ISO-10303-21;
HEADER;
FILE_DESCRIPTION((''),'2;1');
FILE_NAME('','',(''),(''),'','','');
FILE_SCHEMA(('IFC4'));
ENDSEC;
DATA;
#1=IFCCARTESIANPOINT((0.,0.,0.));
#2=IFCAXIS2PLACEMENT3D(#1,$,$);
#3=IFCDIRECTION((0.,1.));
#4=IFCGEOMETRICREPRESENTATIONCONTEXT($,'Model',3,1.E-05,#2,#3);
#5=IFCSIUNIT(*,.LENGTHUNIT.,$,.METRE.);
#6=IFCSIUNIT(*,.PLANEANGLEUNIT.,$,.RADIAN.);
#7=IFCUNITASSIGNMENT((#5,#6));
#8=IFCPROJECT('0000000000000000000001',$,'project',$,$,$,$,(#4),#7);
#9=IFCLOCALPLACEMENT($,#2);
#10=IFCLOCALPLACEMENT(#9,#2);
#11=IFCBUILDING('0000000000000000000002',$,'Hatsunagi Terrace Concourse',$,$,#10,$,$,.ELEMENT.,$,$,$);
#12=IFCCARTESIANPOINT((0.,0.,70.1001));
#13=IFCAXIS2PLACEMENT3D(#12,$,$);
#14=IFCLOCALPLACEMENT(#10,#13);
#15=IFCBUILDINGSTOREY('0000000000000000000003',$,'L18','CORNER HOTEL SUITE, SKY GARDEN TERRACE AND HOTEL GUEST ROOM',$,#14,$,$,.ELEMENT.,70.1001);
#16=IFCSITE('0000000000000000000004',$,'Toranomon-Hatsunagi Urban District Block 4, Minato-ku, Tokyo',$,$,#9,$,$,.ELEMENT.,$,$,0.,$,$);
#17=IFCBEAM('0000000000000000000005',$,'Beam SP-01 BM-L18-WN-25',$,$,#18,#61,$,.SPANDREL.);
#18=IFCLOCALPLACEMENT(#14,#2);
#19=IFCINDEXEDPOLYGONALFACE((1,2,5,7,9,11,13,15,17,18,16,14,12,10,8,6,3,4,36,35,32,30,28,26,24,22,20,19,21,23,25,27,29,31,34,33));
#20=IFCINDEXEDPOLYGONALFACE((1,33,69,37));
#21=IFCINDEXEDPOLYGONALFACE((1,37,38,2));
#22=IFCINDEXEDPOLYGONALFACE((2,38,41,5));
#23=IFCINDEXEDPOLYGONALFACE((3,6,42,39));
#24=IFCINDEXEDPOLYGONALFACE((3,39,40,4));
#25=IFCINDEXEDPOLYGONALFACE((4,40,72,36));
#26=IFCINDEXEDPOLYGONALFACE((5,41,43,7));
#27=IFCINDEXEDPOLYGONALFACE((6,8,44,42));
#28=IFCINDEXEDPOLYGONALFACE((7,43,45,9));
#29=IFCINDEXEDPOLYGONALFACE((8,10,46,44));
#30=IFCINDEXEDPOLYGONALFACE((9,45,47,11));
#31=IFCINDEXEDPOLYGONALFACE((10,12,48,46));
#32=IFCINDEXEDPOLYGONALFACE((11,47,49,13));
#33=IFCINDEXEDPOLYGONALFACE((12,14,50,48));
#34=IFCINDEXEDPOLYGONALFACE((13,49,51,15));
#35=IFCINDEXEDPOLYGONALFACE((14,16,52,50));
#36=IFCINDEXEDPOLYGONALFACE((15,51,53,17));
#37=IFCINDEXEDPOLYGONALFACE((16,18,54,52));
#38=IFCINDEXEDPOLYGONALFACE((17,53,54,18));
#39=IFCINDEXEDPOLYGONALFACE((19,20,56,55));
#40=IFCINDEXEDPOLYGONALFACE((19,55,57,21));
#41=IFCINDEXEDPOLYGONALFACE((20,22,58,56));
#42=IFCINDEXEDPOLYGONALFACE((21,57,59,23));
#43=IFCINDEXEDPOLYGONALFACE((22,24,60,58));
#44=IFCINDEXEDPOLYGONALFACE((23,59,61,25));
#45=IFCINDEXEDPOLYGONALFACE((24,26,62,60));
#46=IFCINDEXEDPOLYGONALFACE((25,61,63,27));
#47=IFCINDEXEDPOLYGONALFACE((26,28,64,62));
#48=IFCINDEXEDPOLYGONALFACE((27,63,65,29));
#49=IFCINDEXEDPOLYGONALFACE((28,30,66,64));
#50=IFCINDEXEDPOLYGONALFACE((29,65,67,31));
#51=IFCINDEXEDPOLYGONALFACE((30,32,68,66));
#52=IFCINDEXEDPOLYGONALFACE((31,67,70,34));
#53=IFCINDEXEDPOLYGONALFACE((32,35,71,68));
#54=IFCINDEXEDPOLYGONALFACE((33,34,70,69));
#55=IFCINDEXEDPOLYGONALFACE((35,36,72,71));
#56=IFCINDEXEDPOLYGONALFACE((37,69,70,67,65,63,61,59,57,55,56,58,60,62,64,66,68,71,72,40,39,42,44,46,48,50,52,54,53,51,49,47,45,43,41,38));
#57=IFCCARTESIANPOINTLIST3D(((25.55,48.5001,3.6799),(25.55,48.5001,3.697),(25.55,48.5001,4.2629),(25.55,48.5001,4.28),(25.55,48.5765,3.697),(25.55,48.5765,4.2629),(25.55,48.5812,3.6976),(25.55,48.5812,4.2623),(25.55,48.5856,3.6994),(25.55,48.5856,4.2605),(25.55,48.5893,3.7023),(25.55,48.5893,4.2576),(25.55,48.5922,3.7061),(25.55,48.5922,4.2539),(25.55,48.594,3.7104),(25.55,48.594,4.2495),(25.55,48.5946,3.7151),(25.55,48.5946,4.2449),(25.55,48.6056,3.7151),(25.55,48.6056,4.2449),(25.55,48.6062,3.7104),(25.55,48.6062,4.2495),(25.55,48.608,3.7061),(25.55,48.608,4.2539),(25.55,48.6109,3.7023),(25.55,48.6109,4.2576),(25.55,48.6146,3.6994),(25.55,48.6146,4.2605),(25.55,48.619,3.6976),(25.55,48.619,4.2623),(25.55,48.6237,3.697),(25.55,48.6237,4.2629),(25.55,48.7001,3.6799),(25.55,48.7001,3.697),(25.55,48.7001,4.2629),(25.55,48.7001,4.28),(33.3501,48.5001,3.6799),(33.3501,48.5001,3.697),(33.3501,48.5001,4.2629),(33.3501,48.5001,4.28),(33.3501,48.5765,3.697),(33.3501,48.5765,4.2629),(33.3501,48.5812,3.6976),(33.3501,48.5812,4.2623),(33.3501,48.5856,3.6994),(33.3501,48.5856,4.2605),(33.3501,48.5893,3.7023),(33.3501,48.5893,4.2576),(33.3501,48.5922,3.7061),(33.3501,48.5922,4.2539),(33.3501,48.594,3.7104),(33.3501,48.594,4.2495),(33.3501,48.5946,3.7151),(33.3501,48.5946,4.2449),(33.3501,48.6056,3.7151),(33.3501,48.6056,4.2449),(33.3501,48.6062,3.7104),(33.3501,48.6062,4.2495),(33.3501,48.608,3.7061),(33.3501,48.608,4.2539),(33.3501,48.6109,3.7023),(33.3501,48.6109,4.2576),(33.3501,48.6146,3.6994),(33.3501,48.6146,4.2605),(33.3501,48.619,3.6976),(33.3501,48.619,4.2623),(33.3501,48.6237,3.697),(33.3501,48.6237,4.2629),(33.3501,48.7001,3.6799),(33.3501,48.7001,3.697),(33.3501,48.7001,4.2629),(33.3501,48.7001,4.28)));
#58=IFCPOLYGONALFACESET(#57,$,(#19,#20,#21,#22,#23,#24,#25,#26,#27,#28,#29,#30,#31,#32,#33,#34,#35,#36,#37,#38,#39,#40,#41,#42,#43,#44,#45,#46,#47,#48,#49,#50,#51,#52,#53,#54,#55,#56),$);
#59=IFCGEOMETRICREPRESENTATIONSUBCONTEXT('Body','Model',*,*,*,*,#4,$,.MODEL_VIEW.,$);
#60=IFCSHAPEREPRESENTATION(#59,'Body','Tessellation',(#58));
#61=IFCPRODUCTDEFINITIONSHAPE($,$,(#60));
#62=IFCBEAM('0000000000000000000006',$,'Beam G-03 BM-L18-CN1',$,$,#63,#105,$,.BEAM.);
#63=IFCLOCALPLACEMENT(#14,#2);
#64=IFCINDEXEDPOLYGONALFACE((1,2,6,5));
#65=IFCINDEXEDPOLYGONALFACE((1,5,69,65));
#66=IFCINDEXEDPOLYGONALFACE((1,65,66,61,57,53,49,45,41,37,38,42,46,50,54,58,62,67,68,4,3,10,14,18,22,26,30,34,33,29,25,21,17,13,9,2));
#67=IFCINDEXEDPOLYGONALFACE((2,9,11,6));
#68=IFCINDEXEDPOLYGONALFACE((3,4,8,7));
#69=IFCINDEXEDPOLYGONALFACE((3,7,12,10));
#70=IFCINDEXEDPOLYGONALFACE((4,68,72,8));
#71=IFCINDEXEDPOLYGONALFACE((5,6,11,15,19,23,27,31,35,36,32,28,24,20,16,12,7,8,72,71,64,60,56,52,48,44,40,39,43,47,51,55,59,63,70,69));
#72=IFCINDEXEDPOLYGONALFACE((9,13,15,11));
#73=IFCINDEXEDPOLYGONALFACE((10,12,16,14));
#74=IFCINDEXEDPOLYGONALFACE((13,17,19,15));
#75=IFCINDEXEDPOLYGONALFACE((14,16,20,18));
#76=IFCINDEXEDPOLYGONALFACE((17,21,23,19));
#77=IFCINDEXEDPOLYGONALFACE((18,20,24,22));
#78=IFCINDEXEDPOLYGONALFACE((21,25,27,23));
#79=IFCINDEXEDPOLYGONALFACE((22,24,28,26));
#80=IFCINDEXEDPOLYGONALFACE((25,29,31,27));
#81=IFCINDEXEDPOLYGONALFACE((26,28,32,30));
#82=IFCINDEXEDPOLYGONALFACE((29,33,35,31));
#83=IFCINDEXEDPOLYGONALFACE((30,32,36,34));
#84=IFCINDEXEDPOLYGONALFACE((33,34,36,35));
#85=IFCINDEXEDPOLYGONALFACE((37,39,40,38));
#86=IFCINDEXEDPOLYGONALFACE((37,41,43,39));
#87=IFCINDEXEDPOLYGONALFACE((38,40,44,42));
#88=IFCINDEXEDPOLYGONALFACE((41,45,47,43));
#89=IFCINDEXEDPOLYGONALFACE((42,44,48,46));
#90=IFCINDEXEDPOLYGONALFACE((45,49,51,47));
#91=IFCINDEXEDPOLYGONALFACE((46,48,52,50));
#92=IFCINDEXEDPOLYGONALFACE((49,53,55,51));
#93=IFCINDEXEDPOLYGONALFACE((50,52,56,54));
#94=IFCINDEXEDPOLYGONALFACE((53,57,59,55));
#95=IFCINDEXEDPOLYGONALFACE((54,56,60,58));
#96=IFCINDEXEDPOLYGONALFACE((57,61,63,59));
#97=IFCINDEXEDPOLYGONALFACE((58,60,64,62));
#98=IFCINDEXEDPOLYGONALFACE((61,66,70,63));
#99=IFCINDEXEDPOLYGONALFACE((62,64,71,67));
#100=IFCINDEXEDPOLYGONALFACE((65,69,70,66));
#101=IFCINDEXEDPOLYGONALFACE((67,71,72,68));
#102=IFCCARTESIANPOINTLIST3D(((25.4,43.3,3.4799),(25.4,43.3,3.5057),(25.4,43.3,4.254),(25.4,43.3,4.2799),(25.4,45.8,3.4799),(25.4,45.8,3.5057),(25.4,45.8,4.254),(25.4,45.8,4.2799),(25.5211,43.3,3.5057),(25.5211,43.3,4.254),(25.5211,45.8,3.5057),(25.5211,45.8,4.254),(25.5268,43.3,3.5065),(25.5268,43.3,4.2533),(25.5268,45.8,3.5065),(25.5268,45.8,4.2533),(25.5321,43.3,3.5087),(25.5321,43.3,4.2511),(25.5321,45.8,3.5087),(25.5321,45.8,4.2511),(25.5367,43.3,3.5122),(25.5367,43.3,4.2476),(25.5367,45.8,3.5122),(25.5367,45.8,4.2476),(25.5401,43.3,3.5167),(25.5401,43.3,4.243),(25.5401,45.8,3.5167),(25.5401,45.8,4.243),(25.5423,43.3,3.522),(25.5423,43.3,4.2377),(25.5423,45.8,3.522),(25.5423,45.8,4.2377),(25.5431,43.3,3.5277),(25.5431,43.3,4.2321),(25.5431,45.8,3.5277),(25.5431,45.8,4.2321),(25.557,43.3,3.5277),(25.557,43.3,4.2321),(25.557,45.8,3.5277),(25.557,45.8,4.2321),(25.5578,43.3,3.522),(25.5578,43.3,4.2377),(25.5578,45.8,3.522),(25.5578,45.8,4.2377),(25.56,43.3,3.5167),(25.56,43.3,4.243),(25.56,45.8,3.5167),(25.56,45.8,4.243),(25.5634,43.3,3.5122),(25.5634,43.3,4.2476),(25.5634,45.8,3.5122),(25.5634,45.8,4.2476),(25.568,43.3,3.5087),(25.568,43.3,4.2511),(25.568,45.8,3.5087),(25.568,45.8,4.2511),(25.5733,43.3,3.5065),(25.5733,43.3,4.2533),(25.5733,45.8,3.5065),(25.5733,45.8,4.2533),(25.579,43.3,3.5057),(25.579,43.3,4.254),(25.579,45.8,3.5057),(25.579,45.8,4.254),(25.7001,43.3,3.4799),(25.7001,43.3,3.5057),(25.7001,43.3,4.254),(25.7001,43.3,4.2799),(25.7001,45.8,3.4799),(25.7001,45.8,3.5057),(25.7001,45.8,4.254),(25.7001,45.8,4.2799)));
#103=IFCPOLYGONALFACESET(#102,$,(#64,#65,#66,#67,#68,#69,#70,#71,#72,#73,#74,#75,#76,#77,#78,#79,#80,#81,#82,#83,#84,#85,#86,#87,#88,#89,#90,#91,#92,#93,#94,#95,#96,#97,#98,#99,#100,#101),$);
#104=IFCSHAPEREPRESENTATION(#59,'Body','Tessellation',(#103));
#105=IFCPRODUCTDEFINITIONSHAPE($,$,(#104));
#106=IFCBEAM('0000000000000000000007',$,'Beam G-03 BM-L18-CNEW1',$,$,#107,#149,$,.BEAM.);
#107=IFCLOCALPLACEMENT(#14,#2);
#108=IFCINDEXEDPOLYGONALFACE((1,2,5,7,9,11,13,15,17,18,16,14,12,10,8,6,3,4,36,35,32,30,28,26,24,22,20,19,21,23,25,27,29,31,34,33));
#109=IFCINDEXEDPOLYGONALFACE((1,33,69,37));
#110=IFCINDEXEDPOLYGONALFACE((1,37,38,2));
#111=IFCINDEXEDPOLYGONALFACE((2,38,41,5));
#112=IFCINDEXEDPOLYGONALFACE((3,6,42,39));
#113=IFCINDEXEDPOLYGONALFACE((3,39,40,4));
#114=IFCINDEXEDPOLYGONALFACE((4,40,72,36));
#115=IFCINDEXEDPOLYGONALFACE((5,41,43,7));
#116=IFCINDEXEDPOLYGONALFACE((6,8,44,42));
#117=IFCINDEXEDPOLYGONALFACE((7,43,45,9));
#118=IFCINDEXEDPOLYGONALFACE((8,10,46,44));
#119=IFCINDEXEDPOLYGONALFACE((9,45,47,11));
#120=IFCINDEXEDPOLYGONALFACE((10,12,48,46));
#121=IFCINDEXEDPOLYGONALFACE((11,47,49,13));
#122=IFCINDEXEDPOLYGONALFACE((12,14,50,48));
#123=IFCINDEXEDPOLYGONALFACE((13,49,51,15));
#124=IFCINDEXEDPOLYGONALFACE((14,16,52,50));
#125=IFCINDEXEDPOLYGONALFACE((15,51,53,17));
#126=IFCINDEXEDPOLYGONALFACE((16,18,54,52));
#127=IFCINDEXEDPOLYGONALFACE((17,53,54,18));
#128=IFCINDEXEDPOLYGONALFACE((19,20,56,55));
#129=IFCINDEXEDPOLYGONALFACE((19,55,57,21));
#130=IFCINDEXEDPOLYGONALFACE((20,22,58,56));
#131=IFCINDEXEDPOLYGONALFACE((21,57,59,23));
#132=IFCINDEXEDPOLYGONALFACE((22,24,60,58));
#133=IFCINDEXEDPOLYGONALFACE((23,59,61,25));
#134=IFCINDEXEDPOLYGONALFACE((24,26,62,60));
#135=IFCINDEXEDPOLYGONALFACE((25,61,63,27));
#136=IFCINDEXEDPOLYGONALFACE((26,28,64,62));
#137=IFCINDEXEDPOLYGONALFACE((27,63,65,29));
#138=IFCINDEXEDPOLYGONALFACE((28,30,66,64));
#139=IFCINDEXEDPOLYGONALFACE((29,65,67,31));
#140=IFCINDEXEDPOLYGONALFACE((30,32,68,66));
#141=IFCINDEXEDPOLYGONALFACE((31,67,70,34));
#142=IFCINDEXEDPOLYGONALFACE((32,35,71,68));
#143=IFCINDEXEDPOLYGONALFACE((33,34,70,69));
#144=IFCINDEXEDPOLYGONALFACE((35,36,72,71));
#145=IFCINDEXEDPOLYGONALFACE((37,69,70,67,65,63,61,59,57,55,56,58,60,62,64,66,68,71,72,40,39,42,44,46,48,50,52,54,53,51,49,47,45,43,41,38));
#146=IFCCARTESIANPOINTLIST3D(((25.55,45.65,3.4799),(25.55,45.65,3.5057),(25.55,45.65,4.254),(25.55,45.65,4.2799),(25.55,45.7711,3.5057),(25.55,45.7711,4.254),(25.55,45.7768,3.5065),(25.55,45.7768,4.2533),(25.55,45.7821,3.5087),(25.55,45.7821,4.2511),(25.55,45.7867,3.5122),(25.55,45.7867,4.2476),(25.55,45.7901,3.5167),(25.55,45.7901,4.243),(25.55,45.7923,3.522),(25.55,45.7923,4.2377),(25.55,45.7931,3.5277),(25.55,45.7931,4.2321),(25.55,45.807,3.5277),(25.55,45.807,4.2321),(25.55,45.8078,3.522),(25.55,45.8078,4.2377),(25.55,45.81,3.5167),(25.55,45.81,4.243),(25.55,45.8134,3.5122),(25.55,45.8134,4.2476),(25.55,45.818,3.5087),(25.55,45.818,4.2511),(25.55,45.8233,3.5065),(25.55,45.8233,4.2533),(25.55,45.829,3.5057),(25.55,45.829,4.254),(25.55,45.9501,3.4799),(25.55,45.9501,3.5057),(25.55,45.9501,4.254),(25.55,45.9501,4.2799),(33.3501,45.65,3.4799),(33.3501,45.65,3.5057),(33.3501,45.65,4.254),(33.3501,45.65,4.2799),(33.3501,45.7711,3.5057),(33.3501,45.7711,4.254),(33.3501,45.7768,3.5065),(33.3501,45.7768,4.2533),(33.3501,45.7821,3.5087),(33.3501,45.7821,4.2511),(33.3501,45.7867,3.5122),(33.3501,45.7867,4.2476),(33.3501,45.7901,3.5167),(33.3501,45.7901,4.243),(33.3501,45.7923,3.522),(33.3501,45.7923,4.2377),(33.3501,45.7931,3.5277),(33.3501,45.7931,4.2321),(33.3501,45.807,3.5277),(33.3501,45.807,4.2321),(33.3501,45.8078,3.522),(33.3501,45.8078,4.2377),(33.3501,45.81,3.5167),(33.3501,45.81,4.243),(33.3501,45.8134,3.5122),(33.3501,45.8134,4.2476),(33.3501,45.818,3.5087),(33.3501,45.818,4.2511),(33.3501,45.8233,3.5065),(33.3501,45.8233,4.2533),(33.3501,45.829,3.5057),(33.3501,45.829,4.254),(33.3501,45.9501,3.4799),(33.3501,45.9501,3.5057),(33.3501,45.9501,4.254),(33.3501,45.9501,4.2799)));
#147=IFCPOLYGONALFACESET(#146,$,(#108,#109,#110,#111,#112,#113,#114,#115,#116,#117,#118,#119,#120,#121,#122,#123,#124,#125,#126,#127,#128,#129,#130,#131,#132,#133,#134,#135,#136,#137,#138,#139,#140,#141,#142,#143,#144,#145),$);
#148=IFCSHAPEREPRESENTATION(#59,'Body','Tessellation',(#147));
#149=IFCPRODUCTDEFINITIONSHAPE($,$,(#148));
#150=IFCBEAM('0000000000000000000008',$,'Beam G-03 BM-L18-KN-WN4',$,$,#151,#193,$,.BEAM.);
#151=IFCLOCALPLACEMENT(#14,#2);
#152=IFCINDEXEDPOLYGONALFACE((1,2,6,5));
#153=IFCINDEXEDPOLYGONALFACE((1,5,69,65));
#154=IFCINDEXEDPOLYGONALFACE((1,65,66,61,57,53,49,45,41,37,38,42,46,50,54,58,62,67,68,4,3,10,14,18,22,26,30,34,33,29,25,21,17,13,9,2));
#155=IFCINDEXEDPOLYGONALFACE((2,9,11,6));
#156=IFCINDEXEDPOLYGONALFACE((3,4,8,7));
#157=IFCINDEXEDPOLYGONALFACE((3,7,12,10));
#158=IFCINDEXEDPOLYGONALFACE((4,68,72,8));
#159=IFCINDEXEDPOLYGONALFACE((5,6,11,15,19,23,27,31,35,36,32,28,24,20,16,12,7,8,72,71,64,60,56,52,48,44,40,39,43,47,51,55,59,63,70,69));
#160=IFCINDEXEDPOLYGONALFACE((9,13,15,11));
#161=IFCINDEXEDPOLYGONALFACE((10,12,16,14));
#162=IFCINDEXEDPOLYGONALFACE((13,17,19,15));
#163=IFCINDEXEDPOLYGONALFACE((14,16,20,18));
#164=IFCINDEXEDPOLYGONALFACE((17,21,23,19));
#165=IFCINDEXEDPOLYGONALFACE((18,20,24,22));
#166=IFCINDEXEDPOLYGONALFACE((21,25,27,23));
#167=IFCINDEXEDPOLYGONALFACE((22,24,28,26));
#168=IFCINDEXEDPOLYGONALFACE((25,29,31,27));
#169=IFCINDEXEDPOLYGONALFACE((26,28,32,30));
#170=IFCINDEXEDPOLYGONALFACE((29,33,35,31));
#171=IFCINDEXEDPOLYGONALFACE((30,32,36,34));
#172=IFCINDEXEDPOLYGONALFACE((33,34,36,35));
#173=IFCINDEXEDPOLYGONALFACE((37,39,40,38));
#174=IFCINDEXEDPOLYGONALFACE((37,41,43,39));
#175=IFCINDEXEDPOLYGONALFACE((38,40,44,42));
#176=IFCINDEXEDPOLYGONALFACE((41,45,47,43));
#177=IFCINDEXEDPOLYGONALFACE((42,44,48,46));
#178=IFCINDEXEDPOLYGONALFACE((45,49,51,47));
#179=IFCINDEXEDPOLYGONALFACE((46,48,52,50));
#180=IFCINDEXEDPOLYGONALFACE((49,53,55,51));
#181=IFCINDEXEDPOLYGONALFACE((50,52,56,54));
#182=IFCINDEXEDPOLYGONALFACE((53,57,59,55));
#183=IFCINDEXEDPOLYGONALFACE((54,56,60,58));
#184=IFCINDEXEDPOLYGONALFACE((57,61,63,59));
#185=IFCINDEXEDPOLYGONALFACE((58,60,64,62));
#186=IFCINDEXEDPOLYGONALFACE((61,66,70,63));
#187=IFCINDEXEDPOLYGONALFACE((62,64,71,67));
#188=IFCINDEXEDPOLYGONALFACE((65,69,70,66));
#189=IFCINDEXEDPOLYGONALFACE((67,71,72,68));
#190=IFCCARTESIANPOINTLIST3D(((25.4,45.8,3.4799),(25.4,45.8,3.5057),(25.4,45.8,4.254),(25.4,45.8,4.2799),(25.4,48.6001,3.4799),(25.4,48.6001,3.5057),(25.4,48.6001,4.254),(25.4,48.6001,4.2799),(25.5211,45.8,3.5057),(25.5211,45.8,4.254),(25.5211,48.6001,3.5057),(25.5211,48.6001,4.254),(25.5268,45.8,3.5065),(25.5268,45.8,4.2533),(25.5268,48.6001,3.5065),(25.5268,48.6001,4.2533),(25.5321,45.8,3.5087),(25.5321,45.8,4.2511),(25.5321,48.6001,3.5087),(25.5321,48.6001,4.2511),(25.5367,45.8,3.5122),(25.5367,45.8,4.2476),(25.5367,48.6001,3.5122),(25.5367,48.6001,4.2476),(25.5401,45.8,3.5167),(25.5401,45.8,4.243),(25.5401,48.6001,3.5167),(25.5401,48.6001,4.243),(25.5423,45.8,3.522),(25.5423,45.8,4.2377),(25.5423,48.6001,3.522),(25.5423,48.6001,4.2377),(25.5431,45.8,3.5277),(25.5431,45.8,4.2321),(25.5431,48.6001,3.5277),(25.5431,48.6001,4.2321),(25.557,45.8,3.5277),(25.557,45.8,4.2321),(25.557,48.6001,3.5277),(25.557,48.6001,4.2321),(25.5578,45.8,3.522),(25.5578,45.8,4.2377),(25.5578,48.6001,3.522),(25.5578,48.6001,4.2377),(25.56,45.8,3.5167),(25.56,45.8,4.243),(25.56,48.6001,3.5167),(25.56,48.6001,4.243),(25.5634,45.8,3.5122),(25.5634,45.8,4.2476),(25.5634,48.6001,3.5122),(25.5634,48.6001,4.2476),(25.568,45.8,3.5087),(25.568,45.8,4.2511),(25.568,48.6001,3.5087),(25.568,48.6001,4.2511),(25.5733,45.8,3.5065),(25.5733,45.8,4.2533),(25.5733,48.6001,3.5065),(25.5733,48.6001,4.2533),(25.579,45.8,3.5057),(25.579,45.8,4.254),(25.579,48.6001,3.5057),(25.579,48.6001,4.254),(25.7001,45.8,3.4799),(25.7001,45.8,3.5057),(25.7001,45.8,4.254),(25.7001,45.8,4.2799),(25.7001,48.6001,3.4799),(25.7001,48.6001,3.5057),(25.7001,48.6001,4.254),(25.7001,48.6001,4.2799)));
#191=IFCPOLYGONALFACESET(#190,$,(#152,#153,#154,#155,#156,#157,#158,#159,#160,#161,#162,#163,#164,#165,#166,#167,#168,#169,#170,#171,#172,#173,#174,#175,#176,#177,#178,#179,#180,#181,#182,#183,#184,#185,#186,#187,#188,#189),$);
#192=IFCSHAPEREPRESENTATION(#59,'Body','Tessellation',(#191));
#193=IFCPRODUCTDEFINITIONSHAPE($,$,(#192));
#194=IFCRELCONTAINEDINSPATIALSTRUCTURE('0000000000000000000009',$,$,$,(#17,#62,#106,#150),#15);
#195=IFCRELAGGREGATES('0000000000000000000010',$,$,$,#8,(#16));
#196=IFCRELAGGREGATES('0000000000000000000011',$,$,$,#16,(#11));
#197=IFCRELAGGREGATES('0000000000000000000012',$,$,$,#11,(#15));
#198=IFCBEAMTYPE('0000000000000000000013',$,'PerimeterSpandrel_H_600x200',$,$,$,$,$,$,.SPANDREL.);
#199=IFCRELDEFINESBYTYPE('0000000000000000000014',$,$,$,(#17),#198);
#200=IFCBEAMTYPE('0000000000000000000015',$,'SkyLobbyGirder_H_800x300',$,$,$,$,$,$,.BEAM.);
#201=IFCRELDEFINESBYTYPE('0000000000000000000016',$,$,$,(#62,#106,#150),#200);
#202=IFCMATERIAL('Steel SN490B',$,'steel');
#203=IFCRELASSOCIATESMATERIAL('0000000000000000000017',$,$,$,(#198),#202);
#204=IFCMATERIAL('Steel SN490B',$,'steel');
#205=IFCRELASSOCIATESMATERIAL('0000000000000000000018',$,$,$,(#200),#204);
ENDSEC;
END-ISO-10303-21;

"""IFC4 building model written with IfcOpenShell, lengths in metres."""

from ifc_helpers import new_model, si_unit, direction, frame, origin, origin_2d, place, context, subcontext, project, spatial, i_section, extrude, material, material_profile, profile_set, type_object, element, save


model = new_model("IFC4")

# Units and contexts
model_context = context("Model", 3, precision=1e-05, world=origin(), true_north=direction((0.0, 1.0)))
body_context = subcontext(model_context, "Body", "Model", "MODEL_VIEW")
ifc_project = project(units=[si_unit("LENGTHUNIT", "METRE"), si_unit("PLANEANGLEUNIT", "RADIAN")], contexts=[model_context])

# Site, building, storey
site_placement = place(None, origin())
site = spatial("IfcSite", under=ifc_project, at=site_placement, Name="Toranomon-Hatsunagi Urban District Block 4, Minato-ku, Tokyo", CompositionType="ELEMENT", RefElevation=0.0)
building_placement = place(site_placement, origin())
building = spatial("IfcBuilding", under=site, at=building_placement, Name="Hatsunagi Terrace Concourse", CompositionType="ELEMENT")
storey_placement = place(building_placement, frame((0.0, 0.0, 70.1001)))
storey = spatial("IfcBuildingStorey", under=building, at=storey_placement, Name="L18", Description="CORNER HOTEL SUITE, SKY GARDEN TERRACE AND HOTEL GUEST ROOM", CompositionType="ELEMENT", Elevation=70.1001)

# Beams
ifc_material_1 = material(Name="Steel SN490B", Category="steel")
ifc_material_profile_1 = material_profile(ifc_material_1, i_section(OverallWidth=0.2, OverallDepth=0.6001, WebThickness=0.011, FlangeThickness=0.0171, FilletRadius=0.0181, at=origin_2d()), Name="H-600x200x11x17")
ifc_profile_set_1 = profile_set([ifc_material_profile_1], Name="Steel SN490B")
beam_type_1 = type_object("IfcBeamType", Name="PerimeterSpandrel_H_600x200", PredefinedType="SPANDREL", material=ifc_profile_set_1)
beam_1_placement = place(storey_placement, frame((25.55, 48.6001, 3.98), z_axis=(1.0, 0.0, 0.0), x_axis=(0.0, 1.0, 0.0)))
element("IfcBeam", 1, at=beam_1_placement, inside=storey, type_object=beam_type_1, Name="Beam SP-01 BM-L18-WN-25", PredefinedType="SPANDREL", context=body_context, shape_type="SweptSolid", body=[
    extrude(i_section(OverallWidth=0.2, OverallDepth=0.6001, WebThickness=0.011, FlangeThickness=0.0171, FilletRadius=0.0181, at=origin_2d()), origin(), (0.0, 0.0, 1.0), 7.8),
])
ifc_material_2 = material(Name="Steel SN490B", Category="steel")
ifc_material_profile_2 = material_profile(ifc_material_2, i_section(OverallWidth=0.3, OverallDepth=0.8, WebThickness=0.0139, FlangeThickness=0.0259, FilletRadius=0.022, at=origin_2d()), Name="H-800x300x14x26")
ifc_profile_set_2 = profile_set([ifc_material_profile_2], Name="Steel SN490B")
beam_type_2 = type_object("IfcBeamType", Name="SkyLobbyGirder_H_800x300", PredefinedType="BEAM", material=ifc_profile_set_2)
beam_2_placement = place(storey_placement, frame((25.55, 43.3, 3.8799), z_axis=(0.0, 1.0, 0.0), x_axis=(-1.0, 0.0, 0.0)))
element("IfcBeam", 2, at=beam_2_placement, inside=storey, type_object=beam_type_2, Name="Beam G-03 BM-L18-CN1", PredefinedType="BEAM", context=body_context, shape_type="SweptSolid", body=[
    extrude(i_section(OverallWidth=0.3, OverallDepth=0.8, WebThickness=0.0139, FlangeThickness=0.0259, FilletRadius=0.022, at=origin_2d()), origin(), (0.0, 0.0, 1.0), 2.5),
])
beam_3_placement = place(storey_placement, frame((25.55, 45.8, 3.8799), z_axis=(1.0, 0.0, 0.0), x_axis=(0.0, 1.0, 0.0)))
element("IfcBeam", 3, at=beam_3_placement, inside=storey, type_object=beam_type_2, Name="Beam G-03 BM-L18-CNEW1", PredefinedType="BEAM", context=body_context, shape_type="SweptSolid", body=[
    extrude(i_section(OverallWidth=0.3, OverallDepth=0.8, WebThickness=0.0139, FlangeThickness=0.0259, FilletRadius=0.022, at=origin_2d()), origin(), (0.0, 0.0, 1.0), 7.8),
])
beam_4_placement = place(storey_placement, frame((25.55, 45.8, 3.8799), z_axis=(0.0, 1.0, 0.0), x_axis=(-1.0, 0.0, 0.0)))
element("IfcBeam", 4, at=beam_4_placement, inside=storey, type_object=beam_type_2, Name="Beam G-03 BM-L18-KN-WN4", PredefinedType="BEAM", context=body_context, shape_type="SweptSolid", body=[
    extrude(i_section(OverallWidth=0.3, OverallDepth=0.8, WebThickness=0.0139, FlangeThickness=0.0259, FilletRadius=0.022, at=origin_2d()), origin(), (0.0, 0.0, 1.0), 2.8),
])

save(model, "model.ifc")
